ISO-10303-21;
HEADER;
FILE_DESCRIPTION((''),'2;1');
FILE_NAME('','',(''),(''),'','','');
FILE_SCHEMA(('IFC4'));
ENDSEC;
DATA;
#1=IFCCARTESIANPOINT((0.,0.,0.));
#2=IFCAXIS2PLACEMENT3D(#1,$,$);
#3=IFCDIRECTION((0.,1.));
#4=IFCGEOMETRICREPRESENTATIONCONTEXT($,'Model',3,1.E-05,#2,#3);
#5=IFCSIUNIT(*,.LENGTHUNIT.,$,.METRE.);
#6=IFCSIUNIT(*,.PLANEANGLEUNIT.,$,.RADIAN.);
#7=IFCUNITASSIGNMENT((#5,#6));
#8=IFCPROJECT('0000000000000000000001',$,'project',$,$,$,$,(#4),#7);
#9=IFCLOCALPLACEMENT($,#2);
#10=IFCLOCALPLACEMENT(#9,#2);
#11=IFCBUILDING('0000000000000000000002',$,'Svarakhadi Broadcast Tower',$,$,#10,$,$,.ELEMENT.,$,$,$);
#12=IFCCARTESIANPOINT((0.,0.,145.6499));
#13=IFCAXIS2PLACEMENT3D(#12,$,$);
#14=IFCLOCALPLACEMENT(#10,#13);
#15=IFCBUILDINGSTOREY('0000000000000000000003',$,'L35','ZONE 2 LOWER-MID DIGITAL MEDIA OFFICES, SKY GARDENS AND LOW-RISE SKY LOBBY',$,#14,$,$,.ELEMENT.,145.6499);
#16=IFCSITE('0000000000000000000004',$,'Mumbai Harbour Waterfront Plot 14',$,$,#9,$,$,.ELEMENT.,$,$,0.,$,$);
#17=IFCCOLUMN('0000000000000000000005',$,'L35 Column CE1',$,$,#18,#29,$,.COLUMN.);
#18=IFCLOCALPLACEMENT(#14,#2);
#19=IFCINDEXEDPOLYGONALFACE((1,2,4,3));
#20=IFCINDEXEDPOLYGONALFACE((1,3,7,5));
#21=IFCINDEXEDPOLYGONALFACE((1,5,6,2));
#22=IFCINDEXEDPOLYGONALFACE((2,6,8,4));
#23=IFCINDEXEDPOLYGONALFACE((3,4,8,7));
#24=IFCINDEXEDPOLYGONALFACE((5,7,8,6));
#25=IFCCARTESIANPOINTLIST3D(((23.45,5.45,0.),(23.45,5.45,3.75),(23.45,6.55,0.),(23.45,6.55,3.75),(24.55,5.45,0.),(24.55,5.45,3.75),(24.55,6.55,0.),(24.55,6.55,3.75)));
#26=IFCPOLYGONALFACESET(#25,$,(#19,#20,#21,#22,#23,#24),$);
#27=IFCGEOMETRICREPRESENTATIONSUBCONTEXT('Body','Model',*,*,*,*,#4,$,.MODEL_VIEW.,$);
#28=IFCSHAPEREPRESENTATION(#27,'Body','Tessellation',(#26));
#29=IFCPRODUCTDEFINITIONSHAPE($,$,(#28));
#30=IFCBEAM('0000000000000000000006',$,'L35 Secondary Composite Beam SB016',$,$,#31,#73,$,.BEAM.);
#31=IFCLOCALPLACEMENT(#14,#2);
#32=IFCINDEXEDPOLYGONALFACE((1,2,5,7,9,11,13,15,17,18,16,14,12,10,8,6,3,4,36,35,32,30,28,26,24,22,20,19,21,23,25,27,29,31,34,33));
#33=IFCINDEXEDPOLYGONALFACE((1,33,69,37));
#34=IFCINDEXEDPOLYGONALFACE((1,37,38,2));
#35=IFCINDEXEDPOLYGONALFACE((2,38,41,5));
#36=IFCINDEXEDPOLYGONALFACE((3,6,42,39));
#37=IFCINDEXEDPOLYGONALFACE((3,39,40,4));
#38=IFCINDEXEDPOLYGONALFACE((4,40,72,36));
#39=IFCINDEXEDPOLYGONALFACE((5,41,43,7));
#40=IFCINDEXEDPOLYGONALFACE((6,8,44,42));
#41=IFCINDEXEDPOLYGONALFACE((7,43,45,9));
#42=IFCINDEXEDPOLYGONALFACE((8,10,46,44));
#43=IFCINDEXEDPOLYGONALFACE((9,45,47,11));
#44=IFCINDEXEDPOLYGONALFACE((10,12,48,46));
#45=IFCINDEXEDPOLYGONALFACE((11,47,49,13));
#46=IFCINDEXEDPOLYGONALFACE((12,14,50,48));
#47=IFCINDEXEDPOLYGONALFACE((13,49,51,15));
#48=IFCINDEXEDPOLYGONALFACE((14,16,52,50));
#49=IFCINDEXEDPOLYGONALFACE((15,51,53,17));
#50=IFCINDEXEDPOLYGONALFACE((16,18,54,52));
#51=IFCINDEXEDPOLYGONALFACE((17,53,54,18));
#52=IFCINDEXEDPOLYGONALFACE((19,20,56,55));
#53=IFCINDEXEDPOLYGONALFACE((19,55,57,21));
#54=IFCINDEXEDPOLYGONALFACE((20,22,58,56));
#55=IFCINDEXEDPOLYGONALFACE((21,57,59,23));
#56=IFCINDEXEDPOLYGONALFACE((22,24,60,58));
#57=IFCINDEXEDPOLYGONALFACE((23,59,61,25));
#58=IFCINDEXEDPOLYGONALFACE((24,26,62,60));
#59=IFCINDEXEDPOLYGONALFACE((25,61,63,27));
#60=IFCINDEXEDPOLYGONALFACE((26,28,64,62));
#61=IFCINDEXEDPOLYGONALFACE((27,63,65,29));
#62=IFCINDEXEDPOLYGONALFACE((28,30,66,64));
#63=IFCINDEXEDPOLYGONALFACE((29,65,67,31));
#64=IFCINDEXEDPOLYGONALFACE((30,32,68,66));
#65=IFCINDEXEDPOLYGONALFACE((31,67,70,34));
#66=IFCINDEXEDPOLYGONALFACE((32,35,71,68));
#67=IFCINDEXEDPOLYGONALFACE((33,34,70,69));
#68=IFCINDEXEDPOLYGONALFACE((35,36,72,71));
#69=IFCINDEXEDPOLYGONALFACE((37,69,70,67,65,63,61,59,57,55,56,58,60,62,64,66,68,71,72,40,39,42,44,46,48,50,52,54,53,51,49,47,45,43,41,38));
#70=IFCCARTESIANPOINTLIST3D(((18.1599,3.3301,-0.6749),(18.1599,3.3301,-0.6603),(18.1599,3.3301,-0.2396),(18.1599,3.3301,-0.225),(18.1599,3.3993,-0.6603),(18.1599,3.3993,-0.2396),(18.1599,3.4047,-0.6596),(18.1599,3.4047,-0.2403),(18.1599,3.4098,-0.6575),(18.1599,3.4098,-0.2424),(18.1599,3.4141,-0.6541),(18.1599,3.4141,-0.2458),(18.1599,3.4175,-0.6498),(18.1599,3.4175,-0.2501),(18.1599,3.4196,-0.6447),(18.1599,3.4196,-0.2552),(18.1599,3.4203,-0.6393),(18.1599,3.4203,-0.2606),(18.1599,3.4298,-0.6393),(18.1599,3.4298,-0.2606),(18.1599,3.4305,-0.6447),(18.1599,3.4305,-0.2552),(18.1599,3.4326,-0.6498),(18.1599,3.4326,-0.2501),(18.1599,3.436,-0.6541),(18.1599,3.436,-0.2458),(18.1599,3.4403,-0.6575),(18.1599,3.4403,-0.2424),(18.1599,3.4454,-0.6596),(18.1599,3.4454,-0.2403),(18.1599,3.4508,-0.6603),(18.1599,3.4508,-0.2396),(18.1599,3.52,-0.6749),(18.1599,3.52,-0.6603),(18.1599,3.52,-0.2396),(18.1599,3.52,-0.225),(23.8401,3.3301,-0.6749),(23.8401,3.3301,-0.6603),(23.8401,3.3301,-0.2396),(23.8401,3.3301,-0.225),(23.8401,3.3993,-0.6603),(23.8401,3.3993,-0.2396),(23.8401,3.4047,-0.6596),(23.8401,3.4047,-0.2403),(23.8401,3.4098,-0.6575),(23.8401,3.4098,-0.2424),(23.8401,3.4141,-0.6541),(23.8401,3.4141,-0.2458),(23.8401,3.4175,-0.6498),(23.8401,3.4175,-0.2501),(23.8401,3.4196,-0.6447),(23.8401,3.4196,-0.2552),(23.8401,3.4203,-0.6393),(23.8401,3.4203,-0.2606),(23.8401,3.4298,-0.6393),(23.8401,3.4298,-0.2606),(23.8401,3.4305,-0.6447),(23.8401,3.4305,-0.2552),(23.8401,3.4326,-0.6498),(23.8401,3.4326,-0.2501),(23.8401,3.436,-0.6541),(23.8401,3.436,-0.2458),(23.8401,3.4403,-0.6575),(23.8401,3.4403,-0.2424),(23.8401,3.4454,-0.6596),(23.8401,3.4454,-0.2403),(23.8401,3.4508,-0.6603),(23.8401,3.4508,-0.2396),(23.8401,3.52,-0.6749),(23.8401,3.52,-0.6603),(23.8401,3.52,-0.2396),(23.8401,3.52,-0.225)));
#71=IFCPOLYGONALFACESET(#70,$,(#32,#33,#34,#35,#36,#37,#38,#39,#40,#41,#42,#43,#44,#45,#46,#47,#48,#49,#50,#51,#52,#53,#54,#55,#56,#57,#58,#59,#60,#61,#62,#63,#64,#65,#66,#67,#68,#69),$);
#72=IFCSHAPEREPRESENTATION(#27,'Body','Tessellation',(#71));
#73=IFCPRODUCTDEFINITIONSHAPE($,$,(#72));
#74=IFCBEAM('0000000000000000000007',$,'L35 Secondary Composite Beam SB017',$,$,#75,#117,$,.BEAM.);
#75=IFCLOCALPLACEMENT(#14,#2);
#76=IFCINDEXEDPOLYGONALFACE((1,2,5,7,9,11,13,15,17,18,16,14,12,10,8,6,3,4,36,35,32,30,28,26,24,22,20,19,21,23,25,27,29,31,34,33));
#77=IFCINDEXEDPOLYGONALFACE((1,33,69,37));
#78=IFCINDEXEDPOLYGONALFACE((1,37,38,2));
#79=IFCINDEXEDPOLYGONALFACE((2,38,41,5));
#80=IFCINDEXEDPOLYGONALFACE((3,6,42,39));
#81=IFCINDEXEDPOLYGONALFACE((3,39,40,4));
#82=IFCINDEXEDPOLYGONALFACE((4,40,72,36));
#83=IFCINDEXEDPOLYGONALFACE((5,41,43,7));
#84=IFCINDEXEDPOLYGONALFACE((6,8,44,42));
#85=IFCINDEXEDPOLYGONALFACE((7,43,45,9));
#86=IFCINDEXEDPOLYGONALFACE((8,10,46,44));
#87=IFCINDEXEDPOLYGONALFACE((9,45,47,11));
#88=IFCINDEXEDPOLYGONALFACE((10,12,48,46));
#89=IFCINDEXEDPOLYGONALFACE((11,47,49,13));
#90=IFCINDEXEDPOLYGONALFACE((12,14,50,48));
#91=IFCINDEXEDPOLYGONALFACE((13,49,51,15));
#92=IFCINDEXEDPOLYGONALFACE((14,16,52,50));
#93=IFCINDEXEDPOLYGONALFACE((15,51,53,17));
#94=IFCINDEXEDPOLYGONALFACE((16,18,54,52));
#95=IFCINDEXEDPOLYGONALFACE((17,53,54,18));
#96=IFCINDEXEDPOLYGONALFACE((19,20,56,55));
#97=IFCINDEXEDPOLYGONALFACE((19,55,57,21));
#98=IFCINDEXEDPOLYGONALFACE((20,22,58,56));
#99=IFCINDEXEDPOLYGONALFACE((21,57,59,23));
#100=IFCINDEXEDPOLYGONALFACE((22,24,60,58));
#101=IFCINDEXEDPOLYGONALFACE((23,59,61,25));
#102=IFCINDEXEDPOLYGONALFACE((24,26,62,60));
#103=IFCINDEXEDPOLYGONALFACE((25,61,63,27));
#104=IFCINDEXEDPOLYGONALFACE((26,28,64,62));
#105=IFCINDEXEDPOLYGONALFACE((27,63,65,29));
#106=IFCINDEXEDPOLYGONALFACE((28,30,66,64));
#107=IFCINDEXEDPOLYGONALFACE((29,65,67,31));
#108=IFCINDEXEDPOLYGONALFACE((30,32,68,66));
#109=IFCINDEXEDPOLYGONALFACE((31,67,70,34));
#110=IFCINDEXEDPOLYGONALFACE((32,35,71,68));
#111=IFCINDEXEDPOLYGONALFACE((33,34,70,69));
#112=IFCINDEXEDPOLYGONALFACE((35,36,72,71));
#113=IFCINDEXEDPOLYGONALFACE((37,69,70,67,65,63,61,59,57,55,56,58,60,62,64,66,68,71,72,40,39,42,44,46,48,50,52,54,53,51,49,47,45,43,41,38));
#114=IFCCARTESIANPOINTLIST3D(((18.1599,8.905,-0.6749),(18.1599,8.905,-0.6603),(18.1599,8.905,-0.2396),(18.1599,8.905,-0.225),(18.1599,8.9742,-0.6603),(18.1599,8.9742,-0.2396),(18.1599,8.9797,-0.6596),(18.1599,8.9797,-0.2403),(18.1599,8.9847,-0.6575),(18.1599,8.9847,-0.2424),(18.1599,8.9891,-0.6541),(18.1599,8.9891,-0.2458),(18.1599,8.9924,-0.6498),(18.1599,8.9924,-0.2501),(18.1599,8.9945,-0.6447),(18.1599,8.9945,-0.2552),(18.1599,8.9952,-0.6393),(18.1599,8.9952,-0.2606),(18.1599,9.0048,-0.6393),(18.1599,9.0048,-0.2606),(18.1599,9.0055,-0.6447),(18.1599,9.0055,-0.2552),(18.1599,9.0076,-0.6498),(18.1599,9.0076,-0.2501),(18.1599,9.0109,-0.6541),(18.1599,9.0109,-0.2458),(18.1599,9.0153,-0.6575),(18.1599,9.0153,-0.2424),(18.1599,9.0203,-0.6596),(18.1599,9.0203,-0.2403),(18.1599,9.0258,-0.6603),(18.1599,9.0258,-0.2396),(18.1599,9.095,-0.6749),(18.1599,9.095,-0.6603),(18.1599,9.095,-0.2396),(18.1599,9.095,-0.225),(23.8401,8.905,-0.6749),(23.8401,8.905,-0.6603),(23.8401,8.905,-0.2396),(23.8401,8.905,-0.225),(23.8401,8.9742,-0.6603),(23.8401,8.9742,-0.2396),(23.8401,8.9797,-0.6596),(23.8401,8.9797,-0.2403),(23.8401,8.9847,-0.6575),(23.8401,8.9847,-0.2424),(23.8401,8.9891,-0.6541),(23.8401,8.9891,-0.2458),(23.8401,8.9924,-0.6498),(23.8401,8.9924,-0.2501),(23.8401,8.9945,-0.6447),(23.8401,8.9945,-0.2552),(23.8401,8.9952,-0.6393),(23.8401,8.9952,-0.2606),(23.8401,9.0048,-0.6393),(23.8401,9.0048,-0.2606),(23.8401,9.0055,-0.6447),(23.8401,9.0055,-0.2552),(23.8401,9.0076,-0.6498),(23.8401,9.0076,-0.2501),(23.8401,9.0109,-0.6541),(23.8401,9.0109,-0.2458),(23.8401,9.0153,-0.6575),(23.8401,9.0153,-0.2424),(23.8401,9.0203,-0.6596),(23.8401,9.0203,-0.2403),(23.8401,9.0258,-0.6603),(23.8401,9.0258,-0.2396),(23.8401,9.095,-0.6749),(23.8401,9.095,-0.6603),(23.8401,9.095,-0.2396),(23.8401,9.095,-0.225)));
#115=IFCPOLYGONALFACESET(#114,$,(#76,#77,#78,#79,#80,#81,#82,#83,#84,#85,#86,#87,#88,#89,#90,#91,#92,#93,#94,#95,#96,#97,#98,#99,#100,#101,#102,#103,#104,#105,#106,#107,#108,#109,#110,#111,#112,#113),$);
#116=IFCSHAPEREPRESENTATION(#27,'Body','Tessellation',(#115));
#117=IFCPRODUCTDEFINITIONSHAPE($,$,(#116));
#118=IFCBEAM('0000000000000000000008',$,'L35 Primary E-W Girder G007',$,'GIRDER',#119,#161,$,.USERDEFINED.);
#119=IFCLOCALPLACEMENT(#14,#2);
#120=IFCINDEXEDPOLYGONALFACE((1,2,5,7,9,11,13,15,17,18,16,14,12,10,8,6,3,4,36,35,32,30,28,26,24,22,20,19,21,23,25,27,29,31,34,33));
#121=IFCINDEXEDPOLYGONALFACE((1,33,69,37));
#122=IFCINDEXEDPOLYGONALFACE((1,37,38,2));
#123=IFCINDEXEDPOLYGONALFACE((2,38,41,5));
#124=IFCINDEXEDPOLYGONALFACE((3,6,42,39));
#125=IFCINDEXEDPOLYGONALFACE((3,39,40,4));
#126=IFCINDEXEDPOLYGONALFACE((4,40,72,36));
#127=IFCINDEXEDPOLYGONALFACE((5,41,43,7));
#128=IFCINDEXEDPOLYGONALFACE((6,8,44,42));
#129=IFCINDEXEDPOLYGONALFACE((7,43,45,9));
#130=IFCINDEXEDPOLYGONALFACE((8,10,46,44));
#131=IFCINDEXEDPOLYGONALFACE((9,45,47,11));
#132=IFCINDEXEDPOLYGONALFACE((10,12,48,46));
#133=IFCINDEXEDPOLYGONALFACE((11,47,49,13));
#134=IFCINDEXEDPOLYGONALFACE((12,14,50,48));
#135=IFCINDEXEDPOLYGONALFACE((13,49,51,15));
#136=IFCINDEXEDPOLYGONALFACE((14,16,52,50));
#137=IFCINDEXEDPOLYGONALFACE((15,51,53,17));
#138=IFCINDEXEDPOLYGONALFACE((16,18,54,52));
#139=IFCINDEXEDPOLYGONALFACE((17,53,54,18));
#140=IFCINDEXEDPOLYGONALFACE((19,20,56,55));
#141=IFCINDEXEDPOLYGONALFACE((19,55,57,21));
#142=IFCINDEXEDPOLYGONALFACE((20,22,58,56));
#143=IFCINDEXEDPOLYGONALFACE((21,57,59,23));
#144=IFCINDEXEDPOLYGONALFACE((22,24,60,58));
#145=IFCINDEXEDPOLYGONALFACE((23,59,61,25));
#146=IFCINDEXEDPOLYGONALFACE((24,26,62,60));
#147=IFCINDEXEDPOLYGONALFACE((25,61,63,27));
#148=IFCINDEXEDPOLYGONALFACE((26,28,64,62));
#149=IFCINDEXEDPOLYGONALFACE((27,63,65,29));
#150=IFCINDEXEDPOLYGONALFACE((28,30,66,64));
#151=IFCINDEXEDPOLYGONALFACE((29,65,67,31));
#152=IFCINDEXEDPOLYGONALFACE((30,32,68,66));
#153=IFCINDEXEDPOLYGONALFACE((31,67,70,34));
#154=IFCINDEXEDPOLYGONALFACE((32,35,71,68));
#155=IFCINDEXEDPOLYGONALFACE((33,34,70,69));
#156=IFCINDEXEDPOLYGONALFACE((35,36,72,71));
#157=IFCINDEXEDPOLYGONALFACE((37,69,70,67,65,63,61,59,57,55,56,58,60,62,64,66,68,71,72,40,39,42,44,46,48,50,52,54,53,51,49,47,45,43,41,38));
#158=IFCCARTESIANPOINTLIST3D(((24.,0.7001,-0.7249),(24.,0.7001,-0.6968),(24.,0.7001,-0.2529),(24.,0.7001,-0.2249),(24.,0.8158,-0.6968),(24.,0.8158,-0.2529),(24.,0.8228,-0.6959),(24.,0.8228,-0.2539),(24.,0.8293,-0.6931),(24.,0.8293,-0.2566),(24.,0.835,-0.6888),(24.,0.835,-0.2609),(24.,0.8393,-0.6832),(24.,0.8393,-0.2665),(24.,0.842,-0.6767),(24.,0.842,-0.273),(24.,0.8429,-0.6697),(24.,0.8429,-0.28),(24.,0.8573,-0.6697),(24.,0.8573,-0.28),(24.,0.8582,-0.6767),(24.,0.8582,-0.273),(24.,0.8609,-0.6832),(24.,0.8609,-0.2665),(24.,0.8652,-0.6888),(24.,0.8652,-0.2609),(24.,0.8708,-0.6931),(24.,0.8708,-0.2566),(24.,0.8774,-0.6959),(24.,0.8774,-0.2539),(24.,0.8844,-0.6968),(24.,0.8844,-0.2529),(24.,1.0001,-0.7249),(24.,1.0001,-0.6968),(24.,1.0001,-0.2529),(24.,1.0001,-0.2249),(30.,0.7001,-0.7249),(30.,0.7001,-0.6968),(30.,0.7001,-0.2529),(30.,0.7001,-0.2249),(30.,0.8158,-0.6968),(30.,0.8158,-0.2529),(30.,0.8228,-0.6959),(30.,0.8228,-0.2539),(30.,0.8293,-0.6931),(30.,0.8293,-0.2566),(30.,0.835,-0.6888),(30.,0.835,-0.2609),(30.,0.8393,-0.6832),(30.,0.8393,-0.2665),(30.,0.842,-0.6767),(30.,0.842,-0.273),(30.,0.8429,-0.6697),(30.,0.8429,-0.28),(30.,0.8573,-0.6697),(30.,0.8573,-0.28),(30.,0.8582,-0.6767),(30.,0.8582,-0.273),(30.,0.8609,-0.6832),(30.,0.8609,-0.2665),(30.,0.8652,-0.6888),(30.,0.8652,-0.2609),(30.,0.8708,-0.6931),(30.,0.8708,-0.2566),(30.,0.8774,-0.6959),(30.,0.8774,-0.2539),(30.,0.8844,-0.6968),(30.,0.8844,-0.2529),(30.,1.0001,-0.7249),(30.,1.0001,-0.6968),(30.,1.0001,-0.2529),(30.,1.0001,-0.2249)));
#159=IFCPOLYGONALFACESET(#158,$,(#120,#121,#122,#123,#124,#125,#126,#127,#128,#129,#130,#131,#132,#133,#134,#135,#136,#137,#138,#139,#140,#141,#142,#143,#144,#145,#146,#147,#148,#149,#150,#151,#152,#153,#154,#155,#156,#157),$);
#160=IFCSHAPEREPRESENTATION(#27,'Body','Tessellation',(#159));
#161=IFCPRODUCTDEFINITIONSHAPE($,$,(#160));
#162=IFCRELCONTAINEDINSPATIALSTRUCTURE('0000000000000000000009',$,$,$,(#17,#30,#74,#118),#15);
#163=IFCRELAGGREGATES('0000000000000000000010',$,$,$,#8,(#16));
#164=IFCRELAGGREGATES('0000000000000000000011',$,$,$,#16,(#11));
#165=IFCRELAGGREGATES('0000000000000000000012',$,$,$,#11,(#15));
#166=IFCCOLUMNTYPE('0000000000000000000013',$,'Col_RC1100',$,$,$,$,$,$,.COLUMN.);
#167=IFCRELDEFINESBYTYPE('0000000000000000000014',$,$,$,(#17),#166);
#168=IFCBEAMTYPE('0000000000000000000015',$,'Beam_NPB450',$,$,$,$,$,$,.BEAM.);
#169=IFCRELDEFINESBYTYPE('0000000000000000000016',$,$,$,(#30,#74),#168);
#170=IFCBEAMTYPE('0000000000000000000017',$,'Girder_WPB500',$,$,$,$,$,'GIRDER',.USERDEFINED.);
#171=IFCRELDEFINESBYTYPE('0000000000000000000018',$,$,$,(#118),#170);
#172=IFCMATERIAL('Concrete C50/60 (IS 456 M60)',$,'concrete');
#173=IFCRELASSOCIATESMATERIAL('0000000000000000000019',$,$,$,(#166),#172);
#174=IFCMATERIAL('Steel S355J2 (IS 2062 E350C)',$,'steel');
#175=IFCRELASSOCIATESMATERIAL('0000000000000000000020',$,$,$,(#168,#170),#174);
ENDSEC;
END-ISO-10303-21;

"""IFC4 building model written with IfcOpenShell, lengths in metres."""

from ifc_helpers import new_model, si_unit, direction, frame, origin, origin_2d, place, context, subcontext, project, spatial, rectangle, i_section, extrude, material, material_profile, profile_set, type_object, element, save


model = new_model("IFC4")

# Units and contexts
model_context = context("Model", 3, precision=1e-05, world=origin(), true_north=direction((0.0, 1.0)))
body_context = subcontext(model_context, "Body", "Model", "MODEL_VIEW")
ifc_project = project(units=[si_unit("LENGTHUNIT", "METRE"), si_unit("PLANEANGLEUNIT", "RADIAN")], contexts=[model_context])

# Site, building, storey
site_placement = place(None, origin())
site = spatial("IfcSite", under=ifc_project, at=site_placement, Name="Mumbai Harbour Waterfront Plot 14", CompositionType="ELEMENT", RefElevation=0.0)
building_placement = place(site_placement, origin())
building = spatial("IfcBuilding", under=site, at=building_placement, Name="Svarakhadi Broadcast Tower", CompositionType="ELEMENT")
storey_placement = place(building_placement, frame((0.0, 0.0, 145.6499)))
storey = spatial("IfcBuildingStorey", under=building, at=storey_placement, Name="L35", Description="ZONE 2 LOWER-MID DIGITAL MEDIA OFFICES, SKY GARDENS AND LOW-RISE SKY LOBBY", CompositionType="ELEMENT", Elevation=145.6499)

# Column
ifc_material_1 = material(Name="Concrete C50/60 (IS 456 M60)", Category="concrete")
ifc_material_profile_1 = material_profile(ifc_material_1, rectangle(XDim=1.1001, YDim=1.1001, at=origin_2d()), Name="RC 1100x1100")
ifc_profile_set_1 = profile_set([ifc_material_profile_1], Name="Concrete C50/60 (IS 456 M60)")
column_type = type_object("IfcColumnType", Name="Col_RC1100", PredefinedType="COLUMN", material=ifc_profile_set_1)
column_placement = place(storey_placement, frame((24.0, 6.0, 0.0), z_axis=(0.0, 0.0, 1.0), x_axis=(1.0, 0.0, 0.0)))
element("IfcColumn", 1, at=column_placement, inside=storey, type_object=column_type, Name="L35 Column CE1", PredefinedType="COLUMN", context=body_context, shape_type="SweptSolid", body=[
    extrude(rectangle(XDim=1.1001, YDim=1.1001, at=origin_2d()), origin(), (0.0, 0.0, 1.0), 3.75),
])

# Beams
ifc_material_2 = material(Name="Steel S355J2 (IS 2062 E350C)", Category="steel")
ifc_material_profile_2 = material_profile(ifc_material_2, i_section(OverallWidth=0.1899, OverallDepth=0.45, WebThickness=0.0095, FlangeThickness=0.0146, FilletRadius=0.021, at=origin_2d()), Name="NPB 450x190x78")
ifc_profile_set_2 = profile_set([ifc_material_profile_2], Name="Steel S355J2 (IS 2062 E350C)")
beam_type_1 = type_object("IfcBeamType", Name="Beam_NPB450", PredefinedType="BEAM", material=ifc_profile_set_2)
for number, where, z_axis, x_axis, name in (
    (2, (18.1599, 3.425, -0.45), (1.0, 0.0, 0.0), (0.0, 1.0, 0.0), "L35 Secondary Composite Beam SB016"),
    (3, (18.1599, 9.0, -0.45), (1.0, 0.0, 0.0), (0.0, 1.0, 0.0), "L35 Secondary Composite Beam SB017"),
):
    element("IfcBeam", number, at=place(storey_placement, frame(where, z_axis=z_axis, x_axis=x_axis)), inside=storey, type_object=beam_type_1, Name=name, PredefinedType="BEAM", context=body_context, shape_type="SweptSolid", body=[
        extrude(i_section(OverallWidth=0.1899, OverallDepth=0.45, WebThickness=0.0095, FlangeThickness=0.0146, FilletRadius=0.021, at=origin_2d()), origin(), (0.0, 0.0, 1.0), 5.6802),
    ])
ifc_material_profile_3 = material_profile(ifc_material_2, i_section(OverallWidth=0.3, OverallDepth=0.5, WebThickness=0.0144, FlangeThickness=0.0281, FilletRadius=0.0271, at=origin_2d()), Name="WPB 500x300x187")
ifc_profile_set_3 = profile_set([ifc_material_profile_3], Name="Steel S355J2 (IS 2062 E350C)")
beam_type_2 = type_object("IfcBeamType", Name="Girder_WPB500", ElementType="GIRDER", PredefinedType="USERDEFINED", material=ifc_profile_set_3)
for number, where, z_axis, x_axis, name in (
    (4, (24.0, 0.8501, -0.4749), (1.0, 0.0, 0.0), (0.0, 1.0, 0.0), "L35 Primary E-W Girder G007"),
):
    element("IfcBeam", number, at=place(storey_placement, frame(where, z_axis=z_axis, x_axis=x_axis)), inside=storey, type_object=beam_type_2, Name=name, ObjectType="GIRDER", PredefinedType="USERDEFINED", context=body_context, shape_type="SweptSolid", body=[
        extrude(i_section(OverallWidth=0.3, OverallDepth=0.5, WebThickness=0.0144, FlangeThickness=0.0281, FilletRadius=0.0271, at=origin_2d()), origin(), (0.0, 0.0, 1.0), 6.0),
    ])

save(model, "model.ifc")
